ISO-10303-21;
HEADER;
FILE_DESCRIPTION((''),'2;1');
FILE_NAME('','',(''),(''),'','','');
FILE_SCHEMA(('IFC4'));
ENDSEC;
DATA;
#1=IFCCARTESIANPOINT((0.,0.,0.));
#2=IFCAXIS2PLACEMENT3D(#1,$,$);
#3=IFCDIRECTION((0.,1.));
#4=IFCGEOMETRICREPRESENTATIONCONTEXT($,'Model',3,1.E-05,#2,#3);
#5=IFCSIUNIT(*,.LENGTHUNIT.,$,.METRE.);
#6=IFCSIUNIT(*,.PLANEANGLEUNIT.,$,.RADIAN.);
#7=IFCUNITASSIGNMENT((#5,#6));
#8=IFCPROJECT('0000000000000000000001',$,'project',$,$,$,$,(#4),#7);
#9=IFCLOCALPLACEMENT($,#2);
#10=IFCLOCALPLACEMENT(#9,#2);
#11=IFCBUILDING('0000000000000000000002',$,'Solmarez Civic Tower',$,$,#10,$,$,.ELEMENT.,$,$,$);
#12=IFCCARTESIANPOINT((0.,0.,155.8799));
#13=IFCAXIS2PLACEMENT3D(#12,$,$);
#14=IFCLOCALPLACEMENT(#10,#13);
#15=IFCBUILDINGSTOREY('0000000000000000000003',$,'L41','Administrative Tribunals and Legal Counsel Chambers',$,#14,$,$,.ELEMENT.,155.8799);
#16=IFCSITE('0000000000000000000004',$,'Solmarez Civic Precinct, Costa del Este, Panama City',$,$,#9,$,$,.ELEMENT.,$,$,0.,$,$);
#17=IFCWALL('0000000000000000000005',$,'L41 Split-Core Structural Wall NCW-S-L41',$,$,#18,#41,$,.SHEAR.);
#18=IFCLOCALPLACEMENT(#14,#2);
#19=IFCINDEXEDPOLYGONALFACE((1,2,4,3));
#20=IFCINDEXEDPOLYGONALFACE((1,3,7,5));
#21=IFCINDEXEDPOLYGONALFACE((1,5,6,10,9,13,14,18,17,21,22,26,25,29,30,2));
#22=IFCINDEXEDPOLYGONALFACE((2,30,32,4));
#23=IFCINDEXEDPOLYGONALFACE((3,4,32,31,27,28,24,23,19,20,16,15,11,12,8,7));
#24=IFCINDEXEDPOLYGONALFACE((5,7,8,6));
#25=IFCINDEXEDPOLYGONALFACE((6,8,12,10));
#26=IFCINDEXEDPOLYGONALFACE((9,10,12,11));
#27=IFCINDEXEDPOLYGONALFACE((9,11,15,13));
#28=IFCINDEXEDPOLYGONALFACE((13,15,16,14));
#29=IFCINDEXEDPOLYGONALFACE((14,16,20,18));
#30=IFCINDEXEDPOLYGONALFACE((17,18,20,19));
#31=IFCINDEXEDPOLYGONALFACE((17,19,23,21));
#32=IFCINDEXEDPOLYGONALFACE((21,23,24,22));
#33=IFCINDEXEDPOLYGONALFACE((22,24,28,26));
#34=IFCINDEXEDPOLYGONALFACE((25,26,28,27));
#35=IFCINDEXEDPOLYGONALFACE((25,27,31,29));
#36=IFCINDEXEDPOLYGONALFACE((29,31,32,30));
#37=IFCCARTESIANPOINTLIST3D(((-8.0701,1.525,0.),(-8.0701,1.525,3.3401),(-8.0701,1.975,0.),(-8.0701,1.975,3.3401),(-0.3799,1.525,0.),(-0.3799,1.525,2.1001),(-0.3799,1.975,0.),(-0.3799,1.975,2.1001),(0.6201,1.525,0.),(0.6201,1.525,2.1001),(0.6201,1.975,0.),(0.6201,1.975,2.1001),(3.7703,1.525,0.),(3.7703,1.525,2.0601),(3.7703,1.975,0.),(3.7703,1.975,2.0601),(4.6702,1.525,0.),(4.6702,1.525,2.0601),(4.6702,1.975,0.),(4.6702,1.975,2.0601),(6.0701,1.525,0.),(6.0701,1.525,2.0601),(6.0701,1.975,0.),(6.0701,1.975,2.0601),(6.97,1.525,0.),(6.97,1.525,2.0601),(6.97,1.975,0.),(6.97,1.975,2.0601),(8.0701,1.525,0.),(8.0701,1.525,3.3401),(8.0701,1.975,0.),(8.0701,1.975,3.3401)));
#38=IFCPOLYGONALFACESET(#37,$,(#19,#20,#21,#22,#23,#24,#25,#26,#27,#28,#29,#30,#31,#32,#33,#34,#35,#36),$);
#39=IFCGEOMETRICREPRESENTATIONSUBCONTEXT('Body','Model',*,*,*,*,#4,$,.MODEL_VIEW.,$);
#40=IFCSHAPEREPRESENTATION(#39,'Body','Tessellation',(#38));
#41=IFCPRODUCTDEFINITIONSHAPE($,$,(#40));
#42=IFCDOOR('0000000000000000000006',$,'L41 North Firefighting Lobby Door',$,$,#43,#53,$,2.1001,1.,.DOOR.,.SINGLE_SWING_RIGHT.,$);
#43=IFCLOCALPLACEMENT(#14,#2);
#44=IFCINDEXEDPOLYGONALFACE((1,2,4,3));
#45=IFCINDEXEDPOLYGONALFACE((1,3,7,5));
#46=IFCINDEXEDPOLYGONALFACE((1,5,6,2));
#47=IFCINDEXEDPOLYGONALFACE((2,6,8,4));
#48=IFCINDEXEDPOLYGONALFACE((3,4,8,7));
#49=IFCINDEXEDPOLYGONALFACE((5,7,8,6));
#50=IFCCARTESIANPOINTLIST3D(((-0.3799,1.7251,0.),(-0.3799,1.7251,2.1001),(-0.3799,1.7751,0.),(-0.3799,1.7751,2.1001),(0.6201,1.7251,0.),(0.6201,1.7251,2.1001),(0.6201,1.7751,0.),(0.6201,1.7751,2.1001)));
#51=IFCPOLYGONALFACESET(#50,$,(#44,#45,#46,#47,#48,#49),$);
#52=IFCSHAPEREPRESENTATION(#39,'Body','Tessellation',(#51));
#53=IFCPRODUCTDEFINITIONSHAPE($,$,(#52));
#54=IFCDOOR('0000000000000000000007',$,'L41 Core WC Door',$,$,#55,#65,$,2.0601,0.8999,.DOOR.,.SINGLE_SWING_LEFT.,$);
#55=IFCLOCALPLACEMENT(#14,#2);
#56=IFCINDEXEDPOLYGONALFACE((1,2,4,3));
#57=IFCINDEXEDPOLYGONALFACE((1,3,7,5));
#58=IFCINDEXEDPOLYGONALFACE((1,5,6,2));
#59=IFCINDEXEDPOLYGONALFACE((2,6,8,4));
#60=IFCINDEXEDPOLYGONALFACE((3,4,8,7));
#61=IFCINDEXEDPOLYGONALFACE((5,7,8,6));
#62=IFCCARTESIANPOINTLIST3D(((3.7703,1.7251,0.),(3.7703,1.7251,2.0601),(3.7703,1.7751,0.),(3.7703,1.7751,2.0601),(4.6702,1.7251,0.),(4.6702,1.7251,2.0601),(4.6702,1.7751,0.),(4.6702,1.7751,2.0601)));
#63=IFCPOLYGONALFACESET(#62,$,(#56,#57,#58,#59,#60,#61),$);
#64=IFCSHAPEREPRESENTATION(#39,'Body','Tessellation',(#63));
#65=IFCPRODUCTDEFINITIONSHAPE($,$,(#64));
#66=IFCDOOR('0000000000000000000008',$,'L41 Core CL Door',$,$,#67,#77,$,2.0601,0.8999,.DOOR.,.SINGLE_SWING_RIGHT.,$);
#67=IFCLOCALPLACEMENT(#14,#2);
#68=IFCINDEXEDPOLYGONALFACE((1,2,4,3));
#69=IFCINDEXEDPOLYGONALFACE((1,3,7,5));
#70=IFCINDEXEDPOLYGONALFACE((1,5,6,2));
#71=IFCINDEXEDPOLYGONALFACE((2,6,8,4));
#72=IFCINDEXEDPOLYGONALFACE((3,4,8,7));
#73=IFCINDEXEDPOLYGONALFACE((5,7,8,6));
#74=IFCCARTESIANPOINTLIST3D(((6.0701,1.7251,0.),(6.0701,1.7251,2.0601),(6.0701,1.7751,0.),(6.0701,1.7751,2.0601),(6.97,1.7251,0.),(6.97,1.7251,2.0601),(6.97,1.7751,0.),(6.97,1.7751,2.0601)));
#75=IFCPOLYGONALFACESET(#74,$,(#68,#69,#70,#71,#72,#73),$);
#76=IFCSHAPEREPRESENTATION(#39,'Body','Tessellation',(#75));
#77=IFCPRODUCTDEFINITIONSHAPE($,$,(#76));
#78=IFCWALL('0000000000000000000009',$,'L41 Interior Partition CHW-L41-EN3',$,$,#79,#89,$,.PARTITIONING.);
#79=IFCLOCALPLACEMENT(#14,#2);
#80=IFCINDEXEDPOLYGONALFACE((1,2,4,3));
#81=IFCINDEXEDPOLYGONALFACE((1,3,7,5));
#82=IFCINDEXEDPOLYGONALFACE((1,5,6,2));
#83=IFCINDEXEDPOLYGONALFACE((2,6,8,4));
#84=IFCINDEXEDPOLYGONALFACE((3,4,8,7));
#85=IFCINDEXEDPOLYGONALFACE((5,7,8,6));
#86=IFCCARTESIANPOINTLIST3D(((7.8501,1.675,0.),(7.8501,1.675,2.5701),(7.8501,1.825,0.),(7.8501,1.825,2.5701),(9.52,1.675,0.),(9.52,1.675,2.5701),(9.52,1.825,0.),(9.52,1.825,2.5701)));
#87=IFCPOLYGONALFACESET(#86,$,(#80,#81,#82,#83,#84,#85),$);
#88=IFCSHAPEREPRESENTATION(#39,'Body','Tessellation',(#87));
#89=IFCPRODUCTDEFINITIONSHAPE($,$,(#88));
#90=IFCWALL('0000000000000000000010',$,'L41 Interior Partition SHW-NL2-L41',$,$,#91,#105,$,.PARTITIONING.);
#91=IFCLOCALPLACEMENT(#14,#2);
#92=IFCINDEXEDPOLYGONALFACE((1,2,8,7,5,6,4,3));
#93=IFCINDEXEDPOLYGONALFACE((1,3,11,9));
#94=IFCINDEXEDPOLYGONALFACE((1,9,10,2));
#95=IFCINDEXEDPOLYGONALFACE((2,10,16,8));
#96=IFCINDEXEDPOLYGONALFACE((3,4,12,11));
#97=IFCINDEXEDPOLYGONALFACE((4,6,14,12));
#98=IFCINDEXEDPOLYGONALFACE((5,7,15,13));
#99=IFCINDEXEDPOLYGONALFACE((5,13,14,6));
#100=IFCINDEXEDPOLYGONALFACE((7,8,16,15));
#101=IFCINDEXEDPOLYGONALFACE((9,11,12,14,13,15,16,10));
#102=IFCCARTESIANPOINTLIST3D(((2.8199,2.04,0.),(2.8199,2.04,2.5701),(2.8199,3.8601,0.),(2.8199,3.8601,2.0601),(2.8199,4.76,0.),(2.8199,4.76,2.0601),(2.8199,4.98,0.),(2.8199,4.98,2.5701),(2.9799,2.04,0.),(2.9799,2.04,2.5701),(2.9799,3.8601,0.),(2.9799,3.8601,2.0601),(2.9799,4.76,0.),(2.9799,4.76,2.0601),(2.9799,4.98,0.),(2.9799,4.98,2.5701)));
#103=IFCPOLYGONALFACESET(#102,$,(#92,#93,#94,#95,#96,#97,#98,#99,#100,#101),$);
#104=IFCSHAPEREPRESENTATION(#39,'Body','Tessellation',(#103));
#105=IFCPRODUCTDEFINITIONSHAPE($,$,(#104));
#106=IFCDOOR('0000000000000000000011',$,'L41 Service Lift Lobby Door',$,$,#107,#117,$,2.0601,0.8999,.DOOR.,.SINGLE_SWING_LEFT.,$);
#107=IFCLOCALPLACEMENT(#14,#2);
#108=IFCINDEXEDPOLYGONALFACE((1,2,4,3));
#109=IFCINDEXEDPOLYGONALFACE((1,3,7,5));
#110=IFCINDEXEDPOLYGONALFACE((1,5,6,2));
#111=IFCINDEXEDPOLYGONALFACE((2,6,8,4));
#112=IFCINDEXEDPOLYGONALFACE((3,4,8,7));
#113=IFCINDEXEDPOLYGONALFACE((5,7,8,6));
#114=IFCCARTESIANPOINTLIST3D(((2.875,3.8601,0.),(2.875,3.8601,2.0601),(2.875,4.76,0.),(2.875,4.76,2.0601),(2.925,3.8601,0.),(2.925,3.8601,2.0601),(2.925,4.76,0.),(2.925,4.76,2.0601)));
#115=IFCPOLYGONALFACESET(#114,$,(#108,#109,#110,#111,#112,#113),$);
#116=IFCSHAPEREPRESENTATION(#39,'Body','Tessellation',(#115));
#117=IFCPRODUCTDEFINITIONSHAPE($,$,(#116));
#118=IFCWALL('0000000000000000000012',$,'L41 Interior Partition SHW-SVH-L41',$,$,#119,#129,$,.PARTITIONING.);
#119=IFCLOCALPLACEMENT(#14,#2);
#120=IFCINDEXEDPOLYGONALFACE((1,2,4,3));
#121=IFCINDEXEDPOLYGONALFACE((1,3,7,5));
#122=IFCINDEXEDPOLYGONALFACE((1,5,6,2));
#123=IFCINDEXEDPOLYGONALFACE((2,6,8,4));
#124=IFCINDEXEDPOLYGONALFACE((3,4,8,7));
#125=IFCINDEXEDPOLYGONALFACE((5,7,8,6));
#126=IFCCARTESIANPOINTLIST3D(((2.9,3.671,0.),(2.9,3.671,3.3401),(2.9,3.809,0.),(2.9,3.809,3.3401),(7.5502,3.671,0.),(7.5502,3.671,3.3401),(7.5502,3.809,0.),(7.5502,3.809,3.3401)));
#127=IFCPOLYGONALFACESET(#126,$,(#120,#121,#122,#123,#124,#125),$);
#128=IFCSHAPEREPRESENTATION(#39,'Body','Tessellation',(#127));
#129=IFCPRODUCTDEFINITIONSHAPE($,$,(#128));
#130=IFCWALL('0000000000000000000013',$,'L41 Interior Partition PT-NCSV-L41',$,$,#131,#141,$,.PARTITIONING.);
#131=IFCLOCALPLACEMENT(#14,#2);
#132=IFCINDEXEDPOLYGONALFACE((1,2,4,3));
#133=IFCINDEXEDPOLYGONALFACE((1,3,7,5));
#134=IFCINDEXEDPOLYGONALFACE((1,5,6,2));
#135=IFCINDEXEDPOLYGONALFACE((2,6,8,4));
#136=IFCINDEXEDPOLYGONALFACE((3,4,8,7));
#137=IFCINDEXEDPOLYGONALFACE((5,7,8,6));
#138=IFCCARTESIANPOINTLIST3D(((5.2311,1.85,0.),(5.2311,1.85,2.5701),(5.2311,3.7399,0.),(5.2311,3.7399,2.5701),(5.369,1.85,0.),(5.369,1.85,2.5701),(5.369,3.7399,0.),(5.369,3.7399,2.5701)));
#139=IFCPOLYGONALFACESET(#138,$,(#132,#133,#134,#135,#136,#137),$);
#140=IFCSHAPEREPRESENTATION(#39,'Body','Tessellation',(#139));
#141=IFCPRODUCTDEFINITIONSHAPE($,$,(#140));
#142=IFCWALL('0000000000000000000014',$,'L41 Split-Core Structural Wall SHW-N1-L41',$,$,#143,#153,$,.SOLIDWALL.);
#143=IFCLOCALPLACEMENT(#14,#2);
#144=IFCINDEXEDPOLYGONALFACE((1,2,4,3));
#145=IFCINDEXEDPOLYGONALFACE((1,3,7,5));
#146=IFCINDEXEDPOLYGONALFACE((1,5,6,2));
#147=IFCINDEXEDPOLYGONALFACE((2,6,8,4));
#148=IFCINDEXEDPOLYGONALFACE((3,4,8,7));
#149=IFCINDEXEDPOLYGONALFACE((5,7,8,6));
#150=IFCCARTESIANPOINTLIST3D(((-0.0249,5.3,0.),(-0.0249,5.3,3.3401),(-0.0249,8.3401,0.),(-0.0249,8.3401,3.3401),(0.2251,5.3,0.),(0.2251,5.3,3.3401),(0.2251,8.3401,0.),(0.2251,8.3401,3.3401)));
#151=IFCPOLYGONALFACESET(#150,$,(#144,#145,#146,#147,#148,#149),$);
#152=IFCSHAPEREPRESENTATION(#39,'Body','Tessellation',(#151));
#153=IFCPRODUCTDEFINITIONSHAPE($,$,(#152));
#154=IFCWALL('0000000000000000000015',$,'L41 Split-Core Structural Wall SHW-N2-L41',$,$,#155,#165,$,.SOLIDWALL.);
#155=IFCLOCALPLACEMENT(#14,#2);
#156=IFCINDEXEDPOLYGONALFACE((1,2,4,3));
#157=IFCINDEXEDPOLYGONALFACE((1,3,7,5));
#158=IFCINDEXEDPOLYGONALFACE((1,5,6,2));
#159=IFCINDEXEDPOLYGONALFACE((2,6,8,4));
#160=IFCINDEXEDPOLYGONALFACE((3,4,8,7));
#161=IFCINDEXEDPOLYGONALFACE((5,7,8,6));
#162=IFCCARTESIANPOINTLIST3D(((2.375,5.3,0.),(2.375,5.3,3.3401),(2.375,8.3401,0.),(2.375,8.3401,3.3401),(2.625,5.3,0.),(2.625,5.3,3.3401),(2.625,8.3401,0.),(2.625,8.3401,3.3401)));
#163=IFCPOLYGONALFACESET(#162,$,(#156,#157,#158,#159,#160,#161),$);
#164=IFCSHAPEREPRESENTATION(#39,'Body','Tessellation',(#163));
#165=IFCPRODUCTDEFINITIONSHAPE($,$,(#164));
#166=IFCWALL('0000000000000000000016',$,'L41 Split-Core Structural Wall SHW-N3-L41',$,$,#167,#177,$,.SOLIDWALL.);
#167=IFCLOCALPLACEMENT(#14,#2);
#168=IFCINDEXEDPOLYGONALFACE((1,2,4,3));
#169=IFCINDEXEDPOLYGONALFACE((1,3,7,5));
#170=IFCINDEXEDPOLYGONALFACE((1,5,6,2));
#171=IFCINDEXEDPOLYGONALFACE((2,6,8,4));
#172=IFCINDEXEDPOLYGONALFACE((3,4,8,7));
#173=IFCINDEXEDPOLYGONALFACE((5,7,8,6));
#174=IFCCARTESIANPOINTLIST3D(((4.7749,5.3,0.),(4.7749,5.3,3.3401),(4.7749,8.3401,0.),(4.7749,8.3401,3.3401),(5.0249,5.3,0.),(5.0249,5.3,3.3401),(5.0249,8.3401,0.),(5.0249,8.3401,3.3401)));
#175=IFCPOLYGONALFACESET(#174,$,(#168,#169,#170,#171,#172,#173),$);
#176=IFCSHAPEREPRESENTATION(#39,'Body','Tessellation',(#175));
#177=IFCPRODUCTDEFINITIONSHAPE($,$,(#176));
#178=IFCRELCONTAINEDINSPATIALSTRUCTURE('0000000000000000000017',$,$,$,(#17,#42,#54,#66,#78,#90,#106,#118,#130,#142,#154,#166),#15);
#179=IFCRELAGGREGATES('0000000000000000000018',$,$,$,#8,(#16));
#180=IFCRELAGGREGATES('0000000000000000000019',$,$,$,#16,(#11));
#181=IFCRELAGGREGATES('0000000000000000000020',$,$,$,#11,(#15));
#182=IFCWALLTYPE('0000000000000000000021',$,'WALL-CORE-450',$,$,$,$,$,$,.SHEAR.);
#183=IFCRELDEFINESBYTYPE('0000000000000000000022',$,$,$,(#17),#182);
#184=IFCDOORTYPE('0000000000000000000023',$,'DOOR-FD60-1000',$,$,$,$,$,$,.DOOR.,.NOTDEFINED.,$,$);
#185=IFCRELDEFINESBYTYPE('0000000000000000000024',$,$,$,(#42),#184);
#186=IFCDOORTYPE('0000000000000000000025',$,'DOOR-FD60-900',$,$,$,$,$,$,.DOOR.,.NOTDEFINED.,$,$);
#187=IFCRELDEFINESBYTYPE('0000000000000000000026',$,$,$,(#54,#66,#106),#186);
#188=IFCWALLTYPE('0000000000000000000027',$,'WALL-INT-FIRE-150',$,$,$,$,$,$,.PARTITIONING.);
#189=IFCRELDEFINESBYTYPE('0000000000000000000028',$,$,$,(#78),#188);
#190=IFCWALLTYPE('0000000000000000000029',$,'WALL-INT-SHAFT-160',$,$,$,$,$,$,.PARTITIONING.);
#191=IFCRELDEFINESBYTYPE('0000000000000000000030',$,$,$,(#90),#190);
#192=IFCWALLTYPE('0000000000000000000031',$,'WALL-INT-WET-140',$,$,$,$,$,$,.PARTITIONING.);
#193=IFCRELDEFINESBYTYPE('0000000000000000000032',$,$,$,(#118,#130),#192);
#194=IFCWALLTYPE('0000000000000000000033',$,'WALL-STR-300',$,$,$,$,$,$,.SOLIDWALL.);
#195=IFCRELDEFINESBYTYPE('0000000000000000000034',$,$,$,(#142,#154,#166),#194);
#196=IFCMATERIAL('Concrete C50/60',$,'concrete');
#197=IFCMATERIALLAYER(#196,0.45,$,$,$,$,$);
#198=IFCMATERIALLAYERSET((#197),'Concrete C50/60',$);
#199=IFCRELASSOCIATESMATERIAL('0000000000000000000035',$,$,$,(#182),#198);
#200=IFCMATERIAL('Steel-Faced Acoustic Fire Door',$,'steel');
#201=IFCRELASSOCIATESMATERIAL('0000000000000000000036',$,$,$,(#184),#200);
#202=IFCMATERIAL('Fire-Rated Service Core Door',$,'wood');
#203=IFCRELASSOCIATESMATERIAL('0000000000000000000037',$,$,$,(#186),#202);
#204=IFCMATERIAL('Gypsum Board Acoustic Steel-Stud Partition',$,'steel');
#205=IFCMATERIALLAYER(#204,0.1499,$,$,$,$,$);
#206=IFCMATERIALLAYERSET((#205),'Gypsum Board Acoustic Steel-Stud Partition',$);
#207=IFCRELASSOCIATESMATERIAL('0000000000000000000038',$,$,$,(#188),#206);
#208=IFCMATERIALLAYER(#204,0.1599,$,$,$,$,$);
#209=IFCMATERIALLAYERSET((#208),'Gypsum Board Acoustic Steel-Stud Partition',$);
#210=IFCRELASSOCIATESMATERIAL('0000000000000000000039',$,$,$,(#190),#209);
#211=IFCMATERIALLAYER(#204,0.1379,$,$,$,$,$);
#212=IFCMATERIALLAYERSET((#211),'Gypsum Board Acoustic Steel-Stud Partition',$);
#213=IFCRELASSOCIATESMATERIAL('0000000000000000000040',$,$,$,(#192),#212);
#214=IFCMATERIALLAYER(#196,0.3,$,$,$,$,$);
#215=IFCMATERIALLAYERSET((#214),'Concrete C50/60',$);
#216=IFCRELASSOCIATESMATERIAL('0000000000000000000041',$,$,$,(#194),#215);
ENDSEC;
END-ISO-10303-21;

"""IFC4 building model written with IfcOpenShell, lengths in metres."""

from ifc_helpers import new_model, si_unit, direction, frame, frame_2d, origin, place, context, subcontext, project, spatial, rectangle, extrude, material, layer, layer_set, type_object, element, fill, save


model = new_model("IFC4")

# Units and contexts
model_context = context("Model", 3, precision=1e-05, world=origin(), true_north=direction((0.0, 1.0)))
body_context = subcontext(model_context, "Body", "Model", "MODEL_VIEW")
ifc_project = project(units=[si_unit("LENGTHUNIT", "METRE"), si_unit("PLANEANGLEUNIT", "RADIAN")], contexts=[model_context])

# Site, building, storey
site_placement = place(None, origin())
site = spatial("IfcSite", under=ifc_project, at=site_placement, Name="Solmarez Civic Precinct, Costa del Este, Panama City", CompositionType="ELEMENT", RefElevation=0.0)
building_placement = place(site_placement, origin())
building = spatial("IfcBuilding", under=site, at=building_placement, Name="Solmarez Civic Tower", CompositionType="ELEMENT")
storey_placement = place(building_placement, frame((0.0, 0.0, 155.8799)))
storey = spatial("IfcBuildingStorey", under=building, at=storey_placement, Name="L41", Description="Administrative Tribunals and Legal Counsel Chambers", CompositionType="ELEMENT", Elevation=155.8799)

# Wall, openings, doors
ifc_material_1 = material(Name="Concrete C50/60", Category="concrete")
ifc_layer_1 = layer(ifc_material_1, 0.45)
ifc_layer_set_1 = layer_set([ifc_layer_1], Name="Concrete C50/60")
wall_type_1 = type_object("IfcWallType", Name="WALL-CORE-450", PredefinedType="SHEAR", material=ifc_layer_set_1)
wall_1_placement = place(storey_placement, frame((8.0701, 1.75, 0.0), z_axis=(0.0, 0.0, 1.0), x_axis=(-1.0, 0.0, 0.0)))
wall_1 = element("IfcWall", 1, at=wall_1_placement, inside=storey, type_object=wall_type_1, Name="L41 Split-Core Structural Wall NCW-S-L41", PredefinedType="SHEAR", context=body_context, shape_type="SweptSolid", body=[
    extrude(rectangle(XDim=16.1401, YDim=0.45, at=frame_2d((8.0701, 0.0))), origin(), (0.0, 0.0, 1.0), 3.3401),
])
opening_1_placement = place(wall_1_placement, frame((7.45, 0.0, 0.0)))
opening_1 = element("IfcOpeningElement", 2, at=opening_1_placement, cuts=wall_1, PredefinedType="OPENING", context=body_context, shape_type="SweptSolid", body=[
    extrude(rectangle(XDim=1.0, YDim=2.1001, at=frame_2d((0.5, 1.05))), frame((0.0, 0.2349, 0.0), z_axis=(0.0, -1.0, 0.0), x_axis=(1.0, 0.0, 0.0)), (0.0, 0.0, 1.0), 0.47),
])
opening_2_placement = place(wall_1_placement, frame((3.3999, 0.0, 0.0)))
opening_2 = element("IfcOpeningElement", 3, at=opening_2_placement, cuts=wall_1, PredefinedType="OPENING", context=body_context, shape_type="SweptSolid", body=[
    extrude(rectangle(XDim=0.8999, YDim=2.0601, at=frame_2d((0.45, 1.03))), frame((0.0, 0.2349, 0.0), z_axis=(0.0, -1.0, 0.0), x_axis=(1.0, 0.0, 0.0)), (0.0, 0.0, 1.0), 0.47),
])
opening_3_placement = place(wall_1_placement, frame((1.1001, 0.0, 0.0)))
opening_3 = element("IfcOpeningElement", 4, at=opening_3_placement, cuts=wall_1, PredefinedType="OPENING", context=body_context, shape_type="SweptSolid", body=[
    extrude(rectangle(XDim=0.8999, YDim=2.0601, at=frame_2d((0.45, 1.03))), frame((0.0, 0.2349, 0.0), z_axis=(0.0, -1.0, 0.0), x_axis=(1.0, 0.0, 0.0)), (0.0, 0.0, 1.0), 0.47),
])
ifc_material_2 = material(Name="Steel-Faced Acoustic Fire Door", Category="steel")
door_type_1 = type_object("IfcDoorType", Name="DOOR-FD60-1000", OperationType="NOTDEFINED", PredefinedType="DOOR", material=ifc_material_2)
door_1_placement = place(opening_1_placement, origin())
door_1 = element("IfcDoor", 5, at=door_1_placement, inside=storey, type_object=door_type_1, Name="L41 North Firefighting Lobby Door", OperationType="SINGLE_SWING_RIGHT", OverallHeight=2.1001, OverallWidth=1.0, PredefinedType="DOOR", context=body_context, shape_type="SweptSolid", body=[
    extrude(rectangle(XDim=1.0, YDim=2.1001, at=frame_2d((0.5, 1.05))), frame((0.0, 0.0249, 0.0), z_axis=(0.0, -1.0, 0.0), x_axis=(1.0, 0.0, 0.0)), (0.0, 0.0, 1.0), 0.05),
])
fill(opening_1, door_1)
ifc_material_3 = material(Name="Fire-Rated Service Core Door", Category="wood")
door_type_2 = type_object("IfcDoorType", Name="DOOR-FD60-900", OperationType="NOTDEFINED", PredefinedType="DOOR", material=ifc_material_3)
door_2_placement = place(opening_2_placement, origin())
door_2 = element("IfcDoor", 6, at=door_2_placement, inside=storey, type_object=door_type_2, Name="L41 Core WC Door", OperationType="SINGLE_SWING_LEFT", OverallHeight=2.0601, OverallWidth=0.8999, PredefinedType="DOOR", context=body_context, shape_type="SweptSolid", body=[
    extrude(rectangle(XDim=0.8999, YDim=2.0601, at=frame_2d((0.45, 1.03))), frame((0.0, 0.0249, 0.0), z_axis=(0.0, -1.0, 0.0), x_axis=(1.0, 0.0, 0.0)), (0.0, 0.0, 1.0), 0.05),
])
fill(opening_2, door_2)
door_3_placement = place(opening_3_placement, origin())
door_3 = element("IfcDoor", 7, at=door_3_placement, inside=storey, type_object=door_type_2, Name="L41 Core CL Door", OperationType="SINGLE_SWING_RIGHT", OverallHeight=2.0601, OverallWidth=0.8999, PredefinedType="DOOR", context=body_context, shape_type="SweptSolid", body=[
    extrude(rectangle(XDim=0.8999, YDim=2.0601, at=frame_2d((0.45, 1.03))), frame((0.0, 0.0249, 0.0), z_axis=(0.0, -1.0, 0.0), x_axis=(1.0, 0.0, 0.0)), (0.0, 0.0, 1.0), 0.05),
])
fill(opening_3, door_3)

# Wall
ifc_material_4 = material(Name="Gypsum Board Acoustic Steel-Stud Partition", Category="steel")
ifc_layer_2 = layer(ifc_material_4, 0.1499)
ifc_layer_set_2 = layer_set([ifc_layer_2], Name="Gypsum Board Acoustic Steel-Stud Partition")
wall_type_2 = type_object("IfcWallType", Name="WALL-INT-FIRE-150", PredefinedType="PARTITIONING", material=ifc_layer_set_2)
wall_2_placement = place(storey_placement, frame((7.8501, 1.75, 0.0), z_axis=(0.0, 0.0, 1.0), x_axis=(1.0, 0.0, 0.0)))
element("IfcWall", 8, at=wall_2_placement, inside=storey, type_object=wall_type_2, Name="L41 Interior Partition CHW-L41-EN3", PredefinedType="PARTITIONING", context=body_context, shape_type="SweptSolid", body=[
    extrude(rectangle(XDim=1.6699, YDim=0.1499, at=frame_2d((0.835, 0.0))), origin(), (0.0, 0.0, 1.0), 2.5701),
])

# Wall, opening, door
ifc_layer_3 = layer(ifc_material_4, 0.1599)
ifc_layer_set_3 = layer_set([ifc_layer_3], Name="Gypsum Board Acoustic Steel-Stud Partition")
wall_type_3 = type_object("IfcWallType", Name="WALL-INT-SHAFT-160", PredefinedType="PARTITIONING", material=ifc_layer_set_3)
wall_3_placement = place(storey_placement, frame((2.8999, 2.04, 0.0), z_axis=(0.0, 0.0, 1.0), x_axis=(0.0, 1.0, 0.0)))
wall_3 = element("IfcWall", 9, at=wall_3_placement, inside=storey, type_object=wall_type_3, Name="L41 Interior Partition SHW-NL2-L41", PredefinedType="PARTITIONING", context=body_context, shape_type="SweptSolid", body=[
    extrude(rectangle(XDim=2.9399, YDim=0.1599, at=frame_2d((1.47, 0.0))), origin(), (0.0, 0.0, 1.0), 2.5701),
])
opening_4_placement = place(wall_3_placement, frame((1.8201, 0.0, 0.0)))
opening_4 = element("IfcOpeningElement", 10, at=opening_4_placement, cuts=wall_3, PredefinedType="OPENING", context=body_context, shape_type="SweptSolid", body=[
    extrude(rectangle(XDim=0.8999, YDim=2.0601, at=frame_2d((0.45, 1.03))), frame((0.0, 0.0898, 0.0), z_axis=(0.0, -1.0, 0.0), x_axis=(1.0, 0.0, 0.0)), (0.0, 0.0, 1.0), 0.1799),
])
door_4_placement = place(opening_4_placement, origin())
door_4 = element("IfcDoor", 11, at=door_4_placement, inside=storey, type_object=door_type_2, Name="L41 Service Lift Lobby Door", OperationType="SINGLE_SWING_LEFT", OverallHeight=2.0601, OverallWidth=0.8999, PredefinedType="DOOR", context=body_context, shape_type="SweptSolid", body=[
    extrude(rectangle(XDim=0.8999, YDim=2.0601, at=frame_2d((0.45, 1.03))), frame((0.0, 0.0249, 0.0), z_axis=(0.0, -1.0, 0.0), x_axis=(1.0, 0.0, 0.0)), (0.0, 0.0, 1.0), 0.05),
])
fill(opening_4, door_4)

# Walls
ifc_layer_4 = layer(ifc_material_4, 0.1379)
ifc_layer_set_4 = layer_set([ifc_layer_4], Name="Gypsum Board Acoustic Steel-Stud Partition")
wall_type_4 = type_object("IfcWallType", Name="WALL-INT-WET-140", PredefinedType="PARTITIONING", material=ifc_layer_set_4)
wall_4_placement = place(storey_placement, frame((2.8999, 3.74, 0.0), z_axis=(0.0, 0.0, 1.0), x_axis=(1.0, 0.0, 0.0)))
element("IfcWall", 12, at=wall_4_placement, inside=storey, type_object=wall_type_4, Name="L41 Interior Partition SHW-SVH-L41", PredefinedType="PARTITIONING", context=body_context, shape_type="SweptSolid", body=[
    extrude(rectangle(XDim=4.6501, YDim=0.1379, at=frame_2d((2.3252, 0.0))), origin(), (0.0, 0.0, 1.0), 3.3401),
])
wall_5_placement = place(storey_placement, frame((5.3, 1.8501, 0.0), z_axis=(0.0, 0.0, 1.0), x_axis=(0.0, 1.0, 0.0)))
element("IfcWall", 13, at=wall_5_placement, inside=storey, type_object=wall_type_4, Name="L41 Interior Partition PT-NCSV-L41", PredefinedType="PARTITIONING", context=body_context, shape_type="SweptSolid", body=[
    extrude(rectangle(XDim=1.8899, YDim=0.1379, at=frame_2d((0.9448, 0.0))), origin(), (0.0, 0.0, 1.0), 2.5701),
])

# Shared definitions
ifc_layer_5 = layer(ifc_material_1, 0.3)
ifc_layer_set_5 = layer_set([ifc_layer_5], Name="Concrete C50/60")
wall_type_5 = type_object("IfcWallType", Name="WALL-STR-300", PredefinedType="SOLIDWALL", material=ifc_layer_set_5)

# Walls
for number, where, z_axis, x_axis, name in (
    (14, (0.1001, 5.3, 0.0), (0.0, 0.0, 1.0), (0.0, 1.0, 0.0), "L41 Split-Core Structural Wall SHW-N1-L41"),
    (15, (2.5, 5.3, 0.0), (0.0, 0.0, 1.0), (0.0, 1.0, 0.0), "L41 Split-Core Structural Wall SHW-N2-L41"),
    (16, (4.8999, 5.3, 0.0), (0.0, 0.0, 1.0), (0.0, 1.0, 0.0), "L41 Split-Core Structural Wall SHW-N3-L41"),
):
    element("IfcWall", number, at=place(storey_placement, frame(where, z_axis=z_axis, x_axis=x_axis)), inside=storey, type_object=wall_type_5, Name=name, PredefinedType="SOLIDWALL", context=body_context, shape_type="SweptSolid", body=[
        extrude(rectangle(XDim=3.04, YDim=0.25, at=frame_2d((1.52, 0.0))), origin(), (0.0, 0.0, 1.0), 3.3401),
    ])

save(model, "model.ifc")
